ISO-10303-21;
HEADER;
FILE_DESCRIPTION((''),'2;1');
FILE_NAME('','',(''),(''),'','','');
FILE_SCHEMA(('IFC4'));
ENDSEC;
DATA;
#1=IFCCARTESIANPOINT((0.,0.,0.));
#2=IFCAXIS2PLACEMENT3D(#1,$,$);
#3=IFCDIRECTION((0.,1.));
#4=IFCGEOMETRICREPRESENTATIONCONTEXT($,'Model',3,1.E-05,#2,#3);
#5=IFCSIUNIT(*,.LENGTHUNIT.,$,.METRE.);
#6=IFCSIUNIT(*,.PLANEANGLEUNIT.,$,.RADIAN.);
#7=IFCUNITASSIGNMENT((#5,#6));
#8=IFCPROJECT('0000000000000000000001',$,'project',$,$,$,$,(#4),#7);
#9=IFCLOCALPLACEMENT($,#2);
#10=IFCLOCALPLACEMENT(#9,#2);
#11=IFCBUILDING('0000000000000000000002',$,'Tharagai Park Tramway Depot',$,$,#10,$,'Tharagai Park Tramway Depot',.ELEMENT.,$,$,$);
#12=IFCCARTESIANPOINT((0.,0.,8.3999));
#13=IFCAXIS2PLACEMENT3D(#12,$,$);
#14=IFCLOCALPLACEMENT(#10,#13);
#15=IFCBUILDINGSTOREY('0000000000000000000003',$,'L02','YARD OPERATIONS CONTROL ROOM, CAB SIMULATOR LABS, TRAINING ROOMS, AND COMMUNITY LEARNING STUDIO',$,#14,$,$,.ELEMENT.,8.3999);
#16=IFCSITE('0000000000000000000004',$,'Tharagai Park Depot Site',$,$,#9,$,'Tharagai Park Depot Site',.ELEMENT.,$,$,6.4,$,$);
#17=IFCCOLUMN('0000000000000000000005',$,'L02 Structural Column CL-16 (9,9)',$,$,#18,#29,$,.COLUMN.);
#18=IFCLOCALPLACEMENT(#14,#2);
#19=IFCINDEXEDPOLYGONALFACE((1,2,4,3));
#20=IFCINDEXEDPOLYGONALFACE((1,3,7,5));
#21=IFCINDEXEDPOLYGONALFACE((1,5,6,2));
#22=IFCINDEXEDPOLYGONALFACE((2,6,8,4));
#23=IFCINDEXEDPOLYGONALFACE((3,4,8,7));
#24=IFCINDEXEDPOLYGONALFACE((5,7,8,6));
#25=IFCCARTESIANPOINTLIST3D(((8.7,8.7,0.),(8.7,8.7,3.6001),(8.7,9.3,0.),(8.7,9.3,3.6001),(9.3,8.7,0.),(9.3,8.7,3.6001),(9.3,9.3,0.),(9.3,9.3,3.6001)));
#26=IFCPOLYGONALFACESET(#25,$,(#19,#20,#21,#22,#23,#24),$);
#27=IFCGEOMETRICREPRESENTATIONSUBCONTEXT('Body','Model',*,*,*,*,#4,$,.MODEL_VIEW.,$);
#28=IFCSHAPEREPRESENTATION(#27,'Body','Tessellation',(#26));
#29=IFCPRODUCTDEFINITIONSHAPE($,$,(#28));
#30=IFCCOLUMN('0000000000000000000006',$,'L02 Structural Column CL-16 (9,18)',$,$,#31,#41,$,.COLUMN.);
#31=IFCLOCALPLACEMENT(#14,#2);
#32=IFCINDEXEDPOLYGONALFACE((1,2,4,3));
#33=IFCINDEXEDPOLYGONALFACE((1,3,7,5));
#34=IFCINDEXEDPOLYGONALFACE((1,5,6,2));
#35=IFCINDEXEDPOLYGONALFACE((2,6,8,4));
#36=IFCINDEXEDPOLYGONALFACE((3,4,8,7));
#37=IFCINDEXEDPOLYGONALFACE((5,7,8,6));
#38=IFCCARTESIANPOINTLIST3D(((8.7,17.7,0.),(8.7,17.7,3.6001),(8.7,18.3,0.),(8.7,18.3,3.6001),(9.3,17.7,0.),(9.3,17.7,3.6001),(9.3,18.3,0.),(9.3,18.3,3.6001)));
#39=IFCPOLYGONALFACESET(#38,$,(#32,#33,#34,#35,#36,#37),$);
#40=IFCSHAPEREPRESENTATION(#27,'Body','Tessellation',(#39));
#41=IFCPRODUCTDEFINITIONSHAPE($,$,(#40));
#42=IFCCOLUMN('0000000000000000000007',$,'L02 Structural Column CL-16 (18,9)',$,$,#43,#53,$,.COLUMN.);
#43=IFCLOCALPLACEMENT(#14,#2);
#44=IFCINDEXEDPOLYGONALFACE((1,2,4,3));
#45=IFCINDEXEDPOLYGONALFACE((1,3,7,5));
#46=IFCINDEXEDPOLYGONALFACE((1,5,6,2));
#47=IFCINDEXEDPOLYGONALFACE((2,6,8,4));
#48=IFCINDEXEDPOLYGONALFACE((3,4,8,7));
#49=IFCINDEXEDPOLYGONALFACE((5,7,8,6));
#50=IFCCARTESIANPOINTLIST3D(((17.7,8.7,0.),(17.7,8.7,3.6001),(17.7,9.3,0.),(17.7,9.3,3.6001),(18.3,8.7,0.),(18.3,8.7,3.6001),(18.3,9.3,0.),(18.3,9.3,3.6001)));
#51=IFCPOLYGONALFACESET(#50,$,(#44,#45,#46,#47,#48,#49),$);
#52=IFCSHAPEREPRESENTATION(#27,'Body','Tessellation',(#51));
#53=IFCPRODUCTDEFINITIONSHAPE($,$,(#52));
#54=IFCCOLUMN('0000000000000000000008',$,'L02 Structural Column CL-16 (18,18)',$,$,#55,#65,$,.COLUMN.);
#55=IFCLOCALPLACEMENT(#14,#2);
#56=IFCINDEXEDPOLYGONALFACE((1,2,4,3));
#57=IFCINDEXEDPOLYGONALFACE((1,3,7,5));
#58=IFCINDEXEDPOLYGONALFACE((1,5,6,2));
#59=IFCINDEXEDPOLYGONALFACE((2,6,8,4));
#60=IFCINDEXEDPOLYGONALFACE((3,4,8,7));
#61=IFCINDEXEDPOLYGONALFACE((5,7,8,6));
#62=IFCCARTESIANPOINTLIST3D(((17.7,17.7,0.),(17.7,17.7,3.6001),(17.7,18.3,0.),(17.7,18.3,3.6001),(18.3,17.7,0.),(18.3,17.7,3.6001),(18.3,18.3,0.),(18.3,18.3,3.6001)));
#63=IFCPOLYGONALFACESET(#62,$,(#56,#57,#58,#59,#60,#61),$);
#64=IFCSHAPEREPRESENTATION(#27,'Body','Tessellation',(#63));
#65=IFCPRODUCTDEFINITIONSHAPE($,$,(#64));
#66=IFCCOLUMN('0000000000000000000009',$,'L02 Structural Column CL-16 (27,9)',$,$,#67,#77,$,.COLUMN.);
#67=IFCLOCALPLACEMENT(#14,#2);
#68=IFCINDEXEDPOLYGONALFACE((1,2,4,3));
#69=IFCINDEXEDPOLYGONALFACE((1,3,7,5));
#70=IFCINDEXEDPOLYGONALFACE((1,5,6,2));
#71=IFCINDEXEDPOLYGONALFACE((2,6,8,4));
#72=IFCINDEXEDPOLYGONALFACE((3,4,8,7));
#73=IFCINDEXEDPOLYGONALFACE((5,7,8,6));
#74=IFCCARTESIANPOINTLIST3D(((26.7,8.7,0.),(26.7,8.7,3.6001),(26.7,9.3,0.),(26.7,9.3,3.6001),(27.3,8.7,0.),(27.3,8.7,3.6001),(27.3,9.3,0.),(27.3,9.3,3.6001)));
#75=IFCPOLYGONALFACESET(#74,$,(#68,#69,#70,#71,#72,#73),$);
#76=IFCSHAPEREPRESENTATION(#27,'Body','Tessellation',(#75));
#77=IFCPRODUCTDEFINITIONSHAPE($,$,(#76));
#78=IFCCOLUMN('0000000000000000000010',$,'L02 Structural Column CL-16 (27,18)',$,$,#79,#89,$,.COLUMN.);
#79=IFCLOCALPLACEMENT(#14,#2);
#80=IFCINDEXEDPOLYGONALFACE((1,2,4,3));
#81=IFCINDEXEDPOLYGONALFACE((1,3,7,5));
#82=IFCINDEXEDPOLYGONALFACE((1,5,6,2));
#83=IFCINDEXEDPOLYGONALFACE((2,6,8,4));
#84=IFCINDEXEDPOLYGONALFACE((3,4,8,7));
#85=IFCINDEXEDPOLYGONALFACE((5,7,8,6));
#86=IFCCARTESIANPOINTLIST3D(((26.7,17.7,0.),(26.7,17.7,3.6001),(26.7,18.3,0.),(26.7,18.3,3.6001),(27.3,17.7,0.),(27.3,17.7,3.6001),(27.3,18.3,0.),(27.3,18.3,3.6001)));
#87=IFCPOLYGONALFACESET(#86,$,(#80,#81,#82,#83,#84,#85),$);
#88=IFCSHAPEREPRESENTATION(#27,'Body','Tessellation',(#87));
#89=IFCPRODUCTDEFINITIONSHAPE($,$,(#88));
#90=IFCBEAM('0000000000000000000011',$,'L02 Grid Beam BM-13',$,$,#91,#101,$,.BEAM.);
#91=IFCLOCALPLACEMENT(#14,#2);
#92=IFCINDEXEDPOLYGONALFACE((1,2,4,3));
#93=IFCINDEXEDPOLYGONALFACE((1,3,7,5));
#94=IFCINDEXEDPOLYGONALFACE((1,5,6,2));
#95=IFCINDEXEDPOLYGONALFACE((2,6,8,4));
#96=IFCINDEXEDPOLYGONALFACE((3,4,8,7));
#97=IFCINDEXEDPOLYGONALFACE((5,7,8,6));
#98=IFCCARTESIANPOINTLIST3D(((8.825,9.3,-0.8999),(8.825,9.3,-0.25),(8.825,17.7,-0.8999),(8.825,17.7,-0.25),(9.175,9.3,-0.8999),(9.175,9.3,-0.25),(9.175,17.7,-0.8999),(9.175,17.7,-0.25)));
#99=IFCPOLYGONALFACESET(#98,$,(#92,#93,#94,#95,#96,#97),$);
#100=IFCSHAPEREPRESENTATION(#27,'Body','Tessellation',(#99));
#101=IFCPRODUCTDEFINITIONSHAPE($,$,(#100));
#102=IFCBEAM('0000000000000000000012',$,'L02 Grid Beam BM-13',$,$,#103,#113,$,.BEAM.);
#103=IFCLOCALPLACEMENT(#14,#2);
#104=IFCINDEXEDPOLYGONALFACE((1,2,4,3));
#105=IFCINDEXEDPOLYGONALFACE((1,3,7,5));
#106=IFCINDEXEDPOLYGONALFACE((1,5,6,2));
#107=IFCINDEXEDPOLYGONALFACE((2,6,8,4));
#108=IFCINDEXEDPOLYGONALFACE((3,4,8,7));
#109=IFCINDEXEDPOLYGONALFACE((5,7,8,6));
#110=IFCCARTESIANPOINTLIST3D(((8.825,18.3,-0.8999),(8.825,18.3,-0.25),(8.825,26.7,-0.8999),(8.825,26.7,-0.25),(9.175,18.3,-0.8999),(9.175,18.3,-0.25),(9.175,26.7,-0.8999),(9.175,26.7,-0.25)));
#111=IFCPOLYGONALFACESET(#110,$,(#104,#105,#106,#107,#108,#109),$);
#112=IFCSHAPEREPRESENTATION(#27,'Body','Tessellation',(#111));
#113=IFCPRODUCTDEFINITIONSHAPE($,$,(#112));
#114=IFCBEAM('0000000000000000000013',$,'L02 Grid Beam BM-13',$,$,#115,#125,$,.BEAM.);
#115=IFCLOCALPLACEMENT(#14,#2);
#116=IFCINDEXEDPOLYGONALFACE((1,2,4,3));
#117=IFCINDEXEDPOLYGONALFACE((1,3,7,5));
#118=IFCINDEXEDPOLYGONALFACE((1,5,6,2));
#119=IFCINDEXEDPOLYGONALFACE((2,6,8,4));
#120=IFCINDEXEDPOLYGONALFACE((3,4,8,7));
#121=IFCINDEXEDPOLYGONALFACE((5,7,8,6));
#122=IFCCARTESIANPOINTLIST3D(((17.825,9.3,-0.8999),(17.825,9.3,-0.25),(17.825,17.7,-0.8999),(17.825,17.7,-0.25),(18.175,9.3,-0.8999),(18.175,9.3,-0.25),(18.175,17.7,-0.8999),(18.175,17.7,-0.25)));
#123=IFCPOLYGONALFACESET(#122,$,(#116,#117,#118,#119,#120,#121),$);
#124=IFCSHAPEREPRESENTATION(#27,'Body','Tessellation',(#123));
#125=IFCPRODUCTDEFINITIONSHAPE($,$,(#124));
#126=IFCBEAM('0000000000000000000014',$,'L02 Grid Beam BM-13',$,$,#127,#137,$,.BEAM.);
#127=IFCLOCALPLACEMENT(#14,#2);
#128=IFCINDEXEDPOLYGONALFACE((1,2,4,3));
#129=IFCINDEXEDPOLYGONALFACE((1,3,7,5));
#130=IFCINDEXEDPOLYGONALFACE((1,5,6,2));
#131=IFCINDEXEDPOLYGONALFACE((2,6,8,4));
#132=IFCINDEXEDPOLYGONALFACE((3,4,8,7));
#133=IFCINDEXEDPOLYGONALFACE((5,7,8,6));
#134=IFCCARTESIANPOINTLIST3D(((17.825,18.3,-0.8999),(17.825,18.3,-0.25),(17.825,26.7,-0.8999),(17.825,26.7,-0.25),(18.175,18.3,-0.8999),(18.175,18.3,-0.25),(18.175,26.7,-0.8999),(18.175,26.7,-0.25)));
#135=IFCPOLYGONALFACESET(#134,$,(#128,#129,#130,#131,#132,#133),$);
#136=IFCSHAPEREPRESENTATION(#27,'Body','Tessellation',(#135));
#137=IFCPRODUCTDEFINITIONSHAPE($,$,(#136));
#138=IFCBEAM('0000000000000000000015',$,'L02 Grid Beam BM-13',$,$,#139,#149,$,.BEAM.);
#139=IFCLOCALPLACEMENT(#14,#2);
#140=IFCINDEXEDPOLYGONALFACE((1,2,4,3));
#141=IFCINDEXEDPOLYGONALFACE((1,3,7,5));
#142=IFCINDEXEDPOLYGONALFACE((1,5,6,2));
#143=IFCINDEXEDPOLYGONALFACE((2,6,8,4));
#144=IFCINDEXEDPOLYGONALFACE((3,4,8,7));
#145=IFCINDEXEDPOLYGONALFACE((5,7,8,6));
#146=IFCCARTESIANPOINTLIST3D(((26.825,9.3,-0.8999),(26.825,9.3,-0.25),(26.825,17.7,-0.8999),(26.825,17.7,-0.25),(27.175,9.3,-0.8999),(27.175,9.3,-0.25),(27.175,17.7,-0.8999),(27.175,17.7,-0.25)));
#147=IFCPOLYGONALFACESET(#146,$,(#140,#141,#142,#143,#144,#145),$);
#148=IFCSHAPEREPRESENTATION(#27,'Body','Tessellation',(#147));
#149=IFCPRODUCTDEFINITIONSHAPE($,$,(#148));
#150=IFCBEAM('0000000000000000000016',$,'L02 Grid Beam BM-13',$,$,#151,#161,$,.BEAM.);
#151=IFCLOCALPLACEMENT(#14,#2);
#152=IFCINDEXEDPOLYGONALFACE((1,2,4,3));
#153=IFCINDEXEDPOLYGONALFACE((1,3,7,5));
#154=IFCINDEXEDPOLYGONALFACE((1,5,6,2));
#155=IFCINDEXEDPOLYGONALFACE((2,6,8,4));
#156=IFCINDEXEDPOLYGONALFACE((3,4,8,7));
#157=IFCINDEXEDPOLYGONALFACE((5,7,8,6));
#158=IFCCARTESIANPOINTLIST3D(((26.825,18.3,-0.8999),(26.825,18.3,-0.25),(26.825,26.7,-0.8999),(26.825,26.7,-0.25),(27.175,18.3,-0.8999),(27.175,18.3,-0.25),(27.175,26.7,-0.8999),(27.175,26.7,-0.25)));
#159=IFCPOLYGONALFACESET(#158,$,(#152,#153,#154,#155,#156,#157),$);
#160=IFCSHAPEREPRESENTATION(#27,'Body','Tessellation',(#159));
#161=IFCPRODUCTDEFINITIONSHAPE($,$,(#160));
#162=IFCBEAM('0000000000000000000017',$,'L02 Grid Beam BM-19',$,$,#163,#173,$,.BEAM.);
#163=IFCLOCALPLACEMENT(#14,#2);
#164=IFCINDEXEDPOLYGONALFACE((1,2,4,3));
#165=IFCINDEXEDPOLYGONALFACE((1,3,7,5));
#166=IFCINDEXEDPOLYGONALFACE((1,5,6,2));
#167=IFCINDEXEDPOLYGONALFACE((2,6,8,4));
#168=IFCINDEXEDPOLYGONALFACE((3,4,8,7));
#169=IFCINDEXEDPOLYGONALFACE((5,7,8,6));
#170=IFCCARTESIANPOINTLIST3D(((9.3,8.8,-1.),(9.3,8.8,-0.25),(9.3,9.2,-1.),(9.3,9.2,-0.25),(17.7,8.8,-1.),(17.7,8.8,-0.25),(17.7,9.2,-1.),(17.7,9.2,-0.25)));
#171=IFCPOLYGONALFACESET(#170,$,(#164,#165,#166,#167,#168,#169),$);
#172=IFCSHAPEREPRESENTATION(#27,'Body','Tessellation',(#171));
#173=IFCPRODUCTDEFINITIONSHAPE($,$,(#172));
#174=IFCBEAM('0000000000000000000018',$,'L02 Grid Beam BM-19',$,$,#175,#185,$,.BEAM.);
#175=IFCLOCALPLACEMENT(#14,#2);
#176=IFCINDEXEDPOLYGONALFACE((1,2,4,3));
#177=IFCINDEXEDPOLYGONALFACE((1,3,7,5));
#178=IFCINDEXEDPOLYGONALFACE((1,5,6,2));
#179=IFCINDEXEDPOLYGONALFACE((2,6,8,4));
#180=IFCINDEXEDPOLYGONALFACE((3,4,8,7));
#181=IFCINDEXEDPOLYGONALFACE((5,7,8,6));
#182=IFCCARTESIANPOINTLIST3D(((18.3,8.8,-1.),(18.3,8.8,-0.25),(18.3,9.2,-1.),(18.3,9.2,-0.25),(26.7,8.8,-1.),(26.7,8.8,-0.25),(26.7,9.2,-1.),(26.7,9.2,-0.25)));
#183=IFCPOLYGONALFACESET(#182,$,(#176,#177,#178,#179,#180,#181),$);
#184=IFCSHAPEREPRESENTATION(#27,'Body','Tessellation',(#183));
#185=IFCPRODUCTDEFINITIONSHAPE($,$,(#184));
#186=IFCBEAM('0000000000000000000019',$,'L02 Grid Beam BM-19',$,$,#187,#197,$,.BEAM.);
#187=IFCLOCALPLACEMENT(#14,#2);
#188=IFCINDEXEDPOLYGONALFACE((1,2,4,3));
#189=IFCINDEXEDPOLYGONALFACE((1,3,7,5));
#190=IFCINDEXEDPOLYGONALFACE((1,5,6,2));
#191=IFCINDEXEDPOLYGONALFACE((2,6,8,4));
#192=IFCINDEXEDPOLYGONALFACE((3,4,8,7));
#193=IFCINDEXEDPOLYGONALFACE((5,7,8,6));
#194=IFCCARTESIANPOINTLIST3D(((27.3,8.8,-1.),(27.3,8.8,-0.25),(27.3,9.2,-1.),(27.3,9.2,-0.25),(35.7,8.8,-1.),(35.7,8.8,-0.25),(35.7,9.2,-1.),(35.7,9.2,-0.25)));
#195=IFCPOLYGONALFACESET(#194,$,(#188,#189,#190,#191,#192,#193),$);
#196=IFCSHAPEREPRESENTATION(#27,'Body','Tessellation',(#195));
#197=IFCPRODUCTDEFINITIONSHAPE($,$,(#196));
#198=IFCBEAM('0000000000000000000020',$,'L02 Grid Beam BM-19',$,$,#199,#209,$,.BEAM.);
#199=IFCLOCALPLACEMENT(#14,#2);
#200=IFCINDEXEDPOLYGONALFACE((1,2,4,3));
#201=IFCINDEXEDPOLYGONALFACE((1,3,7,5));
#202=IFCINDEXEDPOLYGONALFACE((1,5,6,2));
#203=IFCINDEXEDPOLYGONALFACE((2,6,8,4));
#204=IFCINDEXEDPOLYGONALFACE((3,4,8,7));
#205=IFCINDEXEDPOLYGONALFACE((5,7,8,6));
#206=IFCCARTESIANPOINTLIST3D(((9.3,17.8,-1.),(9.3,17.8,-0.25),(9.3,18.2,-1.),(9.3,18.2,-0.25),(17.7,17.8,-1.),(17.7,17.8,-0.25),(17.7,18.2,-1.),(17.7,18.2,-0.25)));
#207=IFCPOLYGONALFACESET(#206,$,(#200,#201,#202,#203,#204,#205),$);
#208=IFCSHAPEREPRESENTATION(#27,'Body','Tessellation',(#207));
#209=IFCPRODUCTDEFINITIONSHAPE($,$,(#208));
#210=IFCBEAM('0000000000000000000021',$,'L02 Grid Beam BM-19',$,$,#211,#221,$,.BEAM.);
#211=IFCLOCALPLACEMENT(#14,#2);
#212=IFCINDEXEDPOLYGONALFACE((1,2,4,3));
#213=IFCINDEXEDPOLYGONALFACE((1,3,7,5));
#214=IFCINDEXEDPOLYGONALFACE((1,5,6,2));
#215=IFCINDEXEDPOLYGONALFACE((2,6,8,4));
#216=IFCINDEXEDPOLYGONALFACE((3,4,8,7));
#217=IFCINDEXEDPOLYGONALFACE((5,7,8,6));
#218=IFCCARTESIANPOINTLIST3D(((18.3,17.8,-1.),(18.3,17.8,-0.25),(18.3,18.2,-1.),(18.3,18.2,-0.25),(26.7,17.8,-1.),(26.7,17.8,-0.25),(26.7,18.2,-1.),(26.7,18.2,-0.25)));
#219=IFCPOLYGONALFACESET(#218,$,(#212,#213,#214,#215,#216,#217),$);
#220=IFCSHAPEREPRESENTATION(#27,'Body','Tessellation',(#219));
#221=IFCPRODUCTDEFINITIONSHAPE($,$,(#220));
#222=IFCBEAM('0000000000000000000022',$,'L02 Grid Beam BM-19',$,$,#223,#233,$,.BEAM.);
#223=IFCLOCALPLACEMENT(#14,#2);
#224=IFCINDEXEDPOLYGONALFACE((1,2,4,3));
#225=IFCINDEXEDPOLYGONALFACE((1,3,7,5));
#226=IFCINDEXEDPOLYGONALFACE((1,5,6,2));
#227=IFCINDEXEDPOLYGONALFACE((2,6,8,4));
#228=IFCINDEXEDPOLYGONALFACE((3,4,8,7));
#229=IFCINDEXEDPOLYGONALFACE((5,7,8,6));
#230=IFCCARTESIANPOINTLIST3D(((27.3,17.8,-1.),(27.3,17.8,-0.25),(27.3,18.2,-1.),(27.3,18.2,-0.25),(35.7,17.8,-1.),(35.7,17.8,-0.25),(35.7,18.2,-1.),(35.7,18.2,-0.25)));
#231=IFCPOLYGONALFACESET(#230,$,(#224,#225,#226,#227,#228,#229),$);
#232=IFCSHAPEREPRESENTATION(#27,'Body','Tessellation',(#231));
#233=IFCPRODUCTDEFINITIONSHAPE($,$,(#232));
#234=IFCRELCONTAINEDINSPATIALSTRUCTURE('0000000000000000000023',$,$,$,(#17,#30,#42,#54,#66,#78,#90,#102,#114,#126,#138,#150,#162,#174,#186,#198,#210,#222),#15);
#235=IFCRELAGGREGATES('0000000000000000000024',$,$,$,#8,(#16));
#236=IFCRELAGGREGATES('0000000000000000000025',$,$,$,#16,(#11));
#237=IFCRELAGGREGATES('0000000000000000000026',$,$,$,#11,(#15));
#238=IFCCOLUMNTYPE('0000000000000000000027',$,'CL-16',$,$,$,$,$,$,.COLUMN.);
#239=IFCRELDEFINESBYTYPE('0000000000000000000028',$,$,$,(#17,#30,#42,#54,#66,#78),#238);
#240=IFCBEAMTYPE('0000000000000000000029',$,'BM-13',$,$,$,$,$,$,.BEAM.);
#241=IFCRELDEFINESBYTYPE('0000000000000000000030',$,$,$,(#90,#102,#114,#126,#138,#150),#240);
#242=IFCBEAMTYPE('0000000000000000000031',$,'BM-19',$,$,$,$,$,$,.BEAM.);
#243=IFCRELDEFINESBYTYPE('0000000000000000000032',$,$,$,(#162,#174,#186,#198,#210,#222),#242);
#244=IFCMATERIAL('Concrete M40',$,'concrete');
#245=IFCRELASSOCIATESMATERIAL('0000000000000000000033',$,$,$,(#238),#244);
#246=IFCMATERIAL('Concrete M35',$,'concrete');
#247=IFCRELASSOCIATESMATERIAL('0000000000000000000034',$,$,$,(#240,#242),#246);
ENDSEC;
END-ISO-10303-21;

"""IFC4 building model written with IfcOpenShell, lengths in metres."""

from ifc_helpers import new_model, si_unit, direction, frame, origin, origin_2d, place, context, subcontext, project, spatial, rectangle, extrude, material, material_profile, profile_set, type_object, element, save


model = new_model("IFC4")

# Units and contexts
model_context = context("Model", 3, precision=1e-05, world=origin(), true_north=direction((0.0, 1.0)))
body_context = subcontext(model_context, "Body", "Model", "MODEL_VIEW")
ifc_project = project(units=[si_unit("LENGTHUNIT", "METRE"), si_unit("PLANEANGLEUNIT", "RADIAN")], contexts=[model_context])

# Site, building, storey
site_placement = place(None, origin())
site = spatial("IfcSite", under=ifc_project, at=site_placement, Name="Tharagai Park Depot Site", LongName="Tharagai Park Depot Site", CompositionType="ELEMENT", RefElevation=6.4)
building_placement = place(site_placement, origin())
building = spatial("IfcBuilding", under=site, at=building_placement, Name="Tharagai Park Tramway Depot", LongName="Tharagai Park Tramway Depot", CompositionType="ELEMENT")
storey_placement = place(building_placement, frame((0.0, 0.0, 8.3999)))
storey = spatial("IfcBuildingStorey", under=building, at=storey_placement, Name="L02", Description="YARD OPERATIONS CONTROL ROOM, CAB SIMULATOR LABS, TRAINING ROOMS, AND COMMUNITY LEARNING STUDIO", CompositionType="ELEMENT", Elevation=8.3999)

# Columns
ifc_material_1 = material(Name="Concrete M40", Category="concrete")
ifc_material_profile_1 = material_profile(ifc_material_1, rectangle(XDim=0.6001, YDim=0.6001, at=origin_2d()), Name="RC 600x600")
ifc_profile_set_1 = profile_set([ifc_material_profile_1], Name="Concrete M40")
column_type = type_object("IfcColumnType", Name="CL-16", PredefinedType="COLUMN", material=ifc_profile_set_1)
for number, where, z_axis, x_axis, name in (
    (1, (9.0, 9.0, 0.0), (0.0, 0.0, 1.0), (1.0, 0.0, 0.0), "L02 Structural Column CL-16 (9,9)"),
    (2, (9.0, 18.0, 0.0), (0.0, 0.0, 1.0), (1.0, 0.0, 0.0), "L02 Structural Column CL-16 (9,18)"),
    (3, (18.0, 9.0, 0.0), (0.0, 0.0, 1.0), (1.0, 0.0, 0.0), "L02 Structural Column CL-16 (18,9)"),
    (4, (18.0, 18.0, 0.0), (0.0, 0.0, 1.0), (1.0, 0.0, 0.0), "L02 Structural Column CL-16 (18,18)"),
    (5, (27.0, 9.0, 0.0), (0.0, 0.0, 1.0), (1.0, 0.0, 0.0), "L02 Structural Column CL-16 (27,9)"),
    (6, (27.0, 18.0, 0.0), (0.0, 0.0, 1.0), (1.0, 0.0, 0.0), "L02 Structural Column CL-16 (27,18)"),
):
    element("IfcColumn", number, at=place(storey_placement, frame(where, z_axis=z_axis, x_axis=x_axis)), inside=storey, type_object=column_type, Name=name, PredefinedType="COLUMN", context=body_context, shape_type="SweptSolid", body=[
        extrude(rectangle(XDim=0.6001, YDim=0.6001, at=origin_2d()), origin(), (0.0, 0.0, 1.0), 3.6001),
    ])

# Beams
ifc_material_2 = material(Name="Concrete M35", Category="concrete")
ifc_material_profile_2 = material_profile(ifc_material_2, rectangle(XDim=0.3501, YDim=0.6499, at=origin_2d()), Name="RC 350x650")
ifc_profile_set_2 = profile_set([ifc_material_profile_2], Name="Concrete M35")
beam_type_1 = type_object("IfcBeamType", Name="BM-13", PredefinedType="BEAM", material=ifc_profile_set_2)
for number, where, z_axis, x_axis, name in (
    (7, (9.0, 9.3, -0.575), (0.0, 1.0, 0.0), (-1.0, 0.0, 0.0), "L02 Grid Beam BM-13"),
    (8, (9.0, 18.3, -0.575), (0.0, 1.0, 0.0), (-1.0, 0.0, 0.0), "L02 Grid Beam BM-13"),
    (9, (18.0, 9.3, -0.575), (0.0, 1.0, 0.0), (-1.0, 0.0, 0.0), "L02 Grid Beam BM-13"),
    (10, (18.0, 18.3, -0.575), (0.0, 1.0, 0.0), (-1.0, 0.0, 0.0), "L02 Grid Beam BM-13"),
    (11, (27.0, 9.3, -0.575), (0.0, 1.0, 0.0), (-1.0, 0.0, 0.0), "L02 Grid Beam BM-13"),
    (12, (27.0, 18.3, -0.575), (0.0, 1.0, 0.0), (-1.0, 0.0, 0.0), "L02 Grid Beam BM-13"),
):
    element("IfcBeam", number, at=place(storey_placement, frame(where, z_axis=z_axis, x_axis=x_axis)), inside=storey, type_object=beam_type_1, Name=name, PredefinedType="BEAM", context=body_context, shape_type="SweptSolid", body=[
        extrude(rectangle(XDim=0.3501, YDim=0.6499, at=origin_2d()), origin(), (0.0, 0.0, 1.0), 8.3999),
    ])
ifc_material_profile_3 = material_profile(ifc_material_2, rectangle(XDim=0.3999, YDim=0.75, at=origin_2d()), Name="RC 400x750")
ifc_profile_set_3 = profile_set([ifc_material_profile_3], Name="Concrete M35")
beam_type_2 = type_object("IfcBeamType", Name="BM-19", PredefinedType="BEAM", material=ifc_profile_set_3)
for number, where, z_axis, x_axis, name in (
    (13, (9.3, 9.0, -0.625), (1.0, 0.0, 0.0), (0.0, 1.0, 0.0), "L02 Grid Beam BM-19"),
    (14, (18.3, 9.0, -0.625), (1.0, 0.0, 0.0), (0.0, 1.0, 0.0), "L02 Grid Beam BM-19"),
    (15, (27.3, 9.0, -0.625), (1.0, 0.0, 0.0), (0.0, 1.0, 0.0), "L02 Grid Beam BM-19"),
    (16, (9.3, 18.0, -0.625), (1.0, 0.0, 0.0), (0.0, 1.0, 0.0), "L02 Grid Beam BM-19"),
    (17, (18.3, 18.0, -0.625), (1.0, 0.0, 0.0), (0.0, 1.0, 0.0), "L02 Grid Beam BM-19"),
    (18, (27.3, 18.0, -0.625), (1.0, 0.0, 0.0), (0.0, 1.0, 0.0), "L02 Grid Beam BM-19"),
):
    element("IfcBeam", number, at=place(storey_placement, frame(where, z_axis=z_axis, x_axis=x_axis)), inside=storey, type_object=beam_type_2, Name=name, PredefinedType="BEAM", context=body_context, shape_type="SweptSolid", body=[
        extrude(rectangle(XDim=0.3999, YDim=0.75, at=origin_2d()), origin(), (0.0, 0.0, 1.0), 8.3999),
    ])

save(model, "model.ifc")
